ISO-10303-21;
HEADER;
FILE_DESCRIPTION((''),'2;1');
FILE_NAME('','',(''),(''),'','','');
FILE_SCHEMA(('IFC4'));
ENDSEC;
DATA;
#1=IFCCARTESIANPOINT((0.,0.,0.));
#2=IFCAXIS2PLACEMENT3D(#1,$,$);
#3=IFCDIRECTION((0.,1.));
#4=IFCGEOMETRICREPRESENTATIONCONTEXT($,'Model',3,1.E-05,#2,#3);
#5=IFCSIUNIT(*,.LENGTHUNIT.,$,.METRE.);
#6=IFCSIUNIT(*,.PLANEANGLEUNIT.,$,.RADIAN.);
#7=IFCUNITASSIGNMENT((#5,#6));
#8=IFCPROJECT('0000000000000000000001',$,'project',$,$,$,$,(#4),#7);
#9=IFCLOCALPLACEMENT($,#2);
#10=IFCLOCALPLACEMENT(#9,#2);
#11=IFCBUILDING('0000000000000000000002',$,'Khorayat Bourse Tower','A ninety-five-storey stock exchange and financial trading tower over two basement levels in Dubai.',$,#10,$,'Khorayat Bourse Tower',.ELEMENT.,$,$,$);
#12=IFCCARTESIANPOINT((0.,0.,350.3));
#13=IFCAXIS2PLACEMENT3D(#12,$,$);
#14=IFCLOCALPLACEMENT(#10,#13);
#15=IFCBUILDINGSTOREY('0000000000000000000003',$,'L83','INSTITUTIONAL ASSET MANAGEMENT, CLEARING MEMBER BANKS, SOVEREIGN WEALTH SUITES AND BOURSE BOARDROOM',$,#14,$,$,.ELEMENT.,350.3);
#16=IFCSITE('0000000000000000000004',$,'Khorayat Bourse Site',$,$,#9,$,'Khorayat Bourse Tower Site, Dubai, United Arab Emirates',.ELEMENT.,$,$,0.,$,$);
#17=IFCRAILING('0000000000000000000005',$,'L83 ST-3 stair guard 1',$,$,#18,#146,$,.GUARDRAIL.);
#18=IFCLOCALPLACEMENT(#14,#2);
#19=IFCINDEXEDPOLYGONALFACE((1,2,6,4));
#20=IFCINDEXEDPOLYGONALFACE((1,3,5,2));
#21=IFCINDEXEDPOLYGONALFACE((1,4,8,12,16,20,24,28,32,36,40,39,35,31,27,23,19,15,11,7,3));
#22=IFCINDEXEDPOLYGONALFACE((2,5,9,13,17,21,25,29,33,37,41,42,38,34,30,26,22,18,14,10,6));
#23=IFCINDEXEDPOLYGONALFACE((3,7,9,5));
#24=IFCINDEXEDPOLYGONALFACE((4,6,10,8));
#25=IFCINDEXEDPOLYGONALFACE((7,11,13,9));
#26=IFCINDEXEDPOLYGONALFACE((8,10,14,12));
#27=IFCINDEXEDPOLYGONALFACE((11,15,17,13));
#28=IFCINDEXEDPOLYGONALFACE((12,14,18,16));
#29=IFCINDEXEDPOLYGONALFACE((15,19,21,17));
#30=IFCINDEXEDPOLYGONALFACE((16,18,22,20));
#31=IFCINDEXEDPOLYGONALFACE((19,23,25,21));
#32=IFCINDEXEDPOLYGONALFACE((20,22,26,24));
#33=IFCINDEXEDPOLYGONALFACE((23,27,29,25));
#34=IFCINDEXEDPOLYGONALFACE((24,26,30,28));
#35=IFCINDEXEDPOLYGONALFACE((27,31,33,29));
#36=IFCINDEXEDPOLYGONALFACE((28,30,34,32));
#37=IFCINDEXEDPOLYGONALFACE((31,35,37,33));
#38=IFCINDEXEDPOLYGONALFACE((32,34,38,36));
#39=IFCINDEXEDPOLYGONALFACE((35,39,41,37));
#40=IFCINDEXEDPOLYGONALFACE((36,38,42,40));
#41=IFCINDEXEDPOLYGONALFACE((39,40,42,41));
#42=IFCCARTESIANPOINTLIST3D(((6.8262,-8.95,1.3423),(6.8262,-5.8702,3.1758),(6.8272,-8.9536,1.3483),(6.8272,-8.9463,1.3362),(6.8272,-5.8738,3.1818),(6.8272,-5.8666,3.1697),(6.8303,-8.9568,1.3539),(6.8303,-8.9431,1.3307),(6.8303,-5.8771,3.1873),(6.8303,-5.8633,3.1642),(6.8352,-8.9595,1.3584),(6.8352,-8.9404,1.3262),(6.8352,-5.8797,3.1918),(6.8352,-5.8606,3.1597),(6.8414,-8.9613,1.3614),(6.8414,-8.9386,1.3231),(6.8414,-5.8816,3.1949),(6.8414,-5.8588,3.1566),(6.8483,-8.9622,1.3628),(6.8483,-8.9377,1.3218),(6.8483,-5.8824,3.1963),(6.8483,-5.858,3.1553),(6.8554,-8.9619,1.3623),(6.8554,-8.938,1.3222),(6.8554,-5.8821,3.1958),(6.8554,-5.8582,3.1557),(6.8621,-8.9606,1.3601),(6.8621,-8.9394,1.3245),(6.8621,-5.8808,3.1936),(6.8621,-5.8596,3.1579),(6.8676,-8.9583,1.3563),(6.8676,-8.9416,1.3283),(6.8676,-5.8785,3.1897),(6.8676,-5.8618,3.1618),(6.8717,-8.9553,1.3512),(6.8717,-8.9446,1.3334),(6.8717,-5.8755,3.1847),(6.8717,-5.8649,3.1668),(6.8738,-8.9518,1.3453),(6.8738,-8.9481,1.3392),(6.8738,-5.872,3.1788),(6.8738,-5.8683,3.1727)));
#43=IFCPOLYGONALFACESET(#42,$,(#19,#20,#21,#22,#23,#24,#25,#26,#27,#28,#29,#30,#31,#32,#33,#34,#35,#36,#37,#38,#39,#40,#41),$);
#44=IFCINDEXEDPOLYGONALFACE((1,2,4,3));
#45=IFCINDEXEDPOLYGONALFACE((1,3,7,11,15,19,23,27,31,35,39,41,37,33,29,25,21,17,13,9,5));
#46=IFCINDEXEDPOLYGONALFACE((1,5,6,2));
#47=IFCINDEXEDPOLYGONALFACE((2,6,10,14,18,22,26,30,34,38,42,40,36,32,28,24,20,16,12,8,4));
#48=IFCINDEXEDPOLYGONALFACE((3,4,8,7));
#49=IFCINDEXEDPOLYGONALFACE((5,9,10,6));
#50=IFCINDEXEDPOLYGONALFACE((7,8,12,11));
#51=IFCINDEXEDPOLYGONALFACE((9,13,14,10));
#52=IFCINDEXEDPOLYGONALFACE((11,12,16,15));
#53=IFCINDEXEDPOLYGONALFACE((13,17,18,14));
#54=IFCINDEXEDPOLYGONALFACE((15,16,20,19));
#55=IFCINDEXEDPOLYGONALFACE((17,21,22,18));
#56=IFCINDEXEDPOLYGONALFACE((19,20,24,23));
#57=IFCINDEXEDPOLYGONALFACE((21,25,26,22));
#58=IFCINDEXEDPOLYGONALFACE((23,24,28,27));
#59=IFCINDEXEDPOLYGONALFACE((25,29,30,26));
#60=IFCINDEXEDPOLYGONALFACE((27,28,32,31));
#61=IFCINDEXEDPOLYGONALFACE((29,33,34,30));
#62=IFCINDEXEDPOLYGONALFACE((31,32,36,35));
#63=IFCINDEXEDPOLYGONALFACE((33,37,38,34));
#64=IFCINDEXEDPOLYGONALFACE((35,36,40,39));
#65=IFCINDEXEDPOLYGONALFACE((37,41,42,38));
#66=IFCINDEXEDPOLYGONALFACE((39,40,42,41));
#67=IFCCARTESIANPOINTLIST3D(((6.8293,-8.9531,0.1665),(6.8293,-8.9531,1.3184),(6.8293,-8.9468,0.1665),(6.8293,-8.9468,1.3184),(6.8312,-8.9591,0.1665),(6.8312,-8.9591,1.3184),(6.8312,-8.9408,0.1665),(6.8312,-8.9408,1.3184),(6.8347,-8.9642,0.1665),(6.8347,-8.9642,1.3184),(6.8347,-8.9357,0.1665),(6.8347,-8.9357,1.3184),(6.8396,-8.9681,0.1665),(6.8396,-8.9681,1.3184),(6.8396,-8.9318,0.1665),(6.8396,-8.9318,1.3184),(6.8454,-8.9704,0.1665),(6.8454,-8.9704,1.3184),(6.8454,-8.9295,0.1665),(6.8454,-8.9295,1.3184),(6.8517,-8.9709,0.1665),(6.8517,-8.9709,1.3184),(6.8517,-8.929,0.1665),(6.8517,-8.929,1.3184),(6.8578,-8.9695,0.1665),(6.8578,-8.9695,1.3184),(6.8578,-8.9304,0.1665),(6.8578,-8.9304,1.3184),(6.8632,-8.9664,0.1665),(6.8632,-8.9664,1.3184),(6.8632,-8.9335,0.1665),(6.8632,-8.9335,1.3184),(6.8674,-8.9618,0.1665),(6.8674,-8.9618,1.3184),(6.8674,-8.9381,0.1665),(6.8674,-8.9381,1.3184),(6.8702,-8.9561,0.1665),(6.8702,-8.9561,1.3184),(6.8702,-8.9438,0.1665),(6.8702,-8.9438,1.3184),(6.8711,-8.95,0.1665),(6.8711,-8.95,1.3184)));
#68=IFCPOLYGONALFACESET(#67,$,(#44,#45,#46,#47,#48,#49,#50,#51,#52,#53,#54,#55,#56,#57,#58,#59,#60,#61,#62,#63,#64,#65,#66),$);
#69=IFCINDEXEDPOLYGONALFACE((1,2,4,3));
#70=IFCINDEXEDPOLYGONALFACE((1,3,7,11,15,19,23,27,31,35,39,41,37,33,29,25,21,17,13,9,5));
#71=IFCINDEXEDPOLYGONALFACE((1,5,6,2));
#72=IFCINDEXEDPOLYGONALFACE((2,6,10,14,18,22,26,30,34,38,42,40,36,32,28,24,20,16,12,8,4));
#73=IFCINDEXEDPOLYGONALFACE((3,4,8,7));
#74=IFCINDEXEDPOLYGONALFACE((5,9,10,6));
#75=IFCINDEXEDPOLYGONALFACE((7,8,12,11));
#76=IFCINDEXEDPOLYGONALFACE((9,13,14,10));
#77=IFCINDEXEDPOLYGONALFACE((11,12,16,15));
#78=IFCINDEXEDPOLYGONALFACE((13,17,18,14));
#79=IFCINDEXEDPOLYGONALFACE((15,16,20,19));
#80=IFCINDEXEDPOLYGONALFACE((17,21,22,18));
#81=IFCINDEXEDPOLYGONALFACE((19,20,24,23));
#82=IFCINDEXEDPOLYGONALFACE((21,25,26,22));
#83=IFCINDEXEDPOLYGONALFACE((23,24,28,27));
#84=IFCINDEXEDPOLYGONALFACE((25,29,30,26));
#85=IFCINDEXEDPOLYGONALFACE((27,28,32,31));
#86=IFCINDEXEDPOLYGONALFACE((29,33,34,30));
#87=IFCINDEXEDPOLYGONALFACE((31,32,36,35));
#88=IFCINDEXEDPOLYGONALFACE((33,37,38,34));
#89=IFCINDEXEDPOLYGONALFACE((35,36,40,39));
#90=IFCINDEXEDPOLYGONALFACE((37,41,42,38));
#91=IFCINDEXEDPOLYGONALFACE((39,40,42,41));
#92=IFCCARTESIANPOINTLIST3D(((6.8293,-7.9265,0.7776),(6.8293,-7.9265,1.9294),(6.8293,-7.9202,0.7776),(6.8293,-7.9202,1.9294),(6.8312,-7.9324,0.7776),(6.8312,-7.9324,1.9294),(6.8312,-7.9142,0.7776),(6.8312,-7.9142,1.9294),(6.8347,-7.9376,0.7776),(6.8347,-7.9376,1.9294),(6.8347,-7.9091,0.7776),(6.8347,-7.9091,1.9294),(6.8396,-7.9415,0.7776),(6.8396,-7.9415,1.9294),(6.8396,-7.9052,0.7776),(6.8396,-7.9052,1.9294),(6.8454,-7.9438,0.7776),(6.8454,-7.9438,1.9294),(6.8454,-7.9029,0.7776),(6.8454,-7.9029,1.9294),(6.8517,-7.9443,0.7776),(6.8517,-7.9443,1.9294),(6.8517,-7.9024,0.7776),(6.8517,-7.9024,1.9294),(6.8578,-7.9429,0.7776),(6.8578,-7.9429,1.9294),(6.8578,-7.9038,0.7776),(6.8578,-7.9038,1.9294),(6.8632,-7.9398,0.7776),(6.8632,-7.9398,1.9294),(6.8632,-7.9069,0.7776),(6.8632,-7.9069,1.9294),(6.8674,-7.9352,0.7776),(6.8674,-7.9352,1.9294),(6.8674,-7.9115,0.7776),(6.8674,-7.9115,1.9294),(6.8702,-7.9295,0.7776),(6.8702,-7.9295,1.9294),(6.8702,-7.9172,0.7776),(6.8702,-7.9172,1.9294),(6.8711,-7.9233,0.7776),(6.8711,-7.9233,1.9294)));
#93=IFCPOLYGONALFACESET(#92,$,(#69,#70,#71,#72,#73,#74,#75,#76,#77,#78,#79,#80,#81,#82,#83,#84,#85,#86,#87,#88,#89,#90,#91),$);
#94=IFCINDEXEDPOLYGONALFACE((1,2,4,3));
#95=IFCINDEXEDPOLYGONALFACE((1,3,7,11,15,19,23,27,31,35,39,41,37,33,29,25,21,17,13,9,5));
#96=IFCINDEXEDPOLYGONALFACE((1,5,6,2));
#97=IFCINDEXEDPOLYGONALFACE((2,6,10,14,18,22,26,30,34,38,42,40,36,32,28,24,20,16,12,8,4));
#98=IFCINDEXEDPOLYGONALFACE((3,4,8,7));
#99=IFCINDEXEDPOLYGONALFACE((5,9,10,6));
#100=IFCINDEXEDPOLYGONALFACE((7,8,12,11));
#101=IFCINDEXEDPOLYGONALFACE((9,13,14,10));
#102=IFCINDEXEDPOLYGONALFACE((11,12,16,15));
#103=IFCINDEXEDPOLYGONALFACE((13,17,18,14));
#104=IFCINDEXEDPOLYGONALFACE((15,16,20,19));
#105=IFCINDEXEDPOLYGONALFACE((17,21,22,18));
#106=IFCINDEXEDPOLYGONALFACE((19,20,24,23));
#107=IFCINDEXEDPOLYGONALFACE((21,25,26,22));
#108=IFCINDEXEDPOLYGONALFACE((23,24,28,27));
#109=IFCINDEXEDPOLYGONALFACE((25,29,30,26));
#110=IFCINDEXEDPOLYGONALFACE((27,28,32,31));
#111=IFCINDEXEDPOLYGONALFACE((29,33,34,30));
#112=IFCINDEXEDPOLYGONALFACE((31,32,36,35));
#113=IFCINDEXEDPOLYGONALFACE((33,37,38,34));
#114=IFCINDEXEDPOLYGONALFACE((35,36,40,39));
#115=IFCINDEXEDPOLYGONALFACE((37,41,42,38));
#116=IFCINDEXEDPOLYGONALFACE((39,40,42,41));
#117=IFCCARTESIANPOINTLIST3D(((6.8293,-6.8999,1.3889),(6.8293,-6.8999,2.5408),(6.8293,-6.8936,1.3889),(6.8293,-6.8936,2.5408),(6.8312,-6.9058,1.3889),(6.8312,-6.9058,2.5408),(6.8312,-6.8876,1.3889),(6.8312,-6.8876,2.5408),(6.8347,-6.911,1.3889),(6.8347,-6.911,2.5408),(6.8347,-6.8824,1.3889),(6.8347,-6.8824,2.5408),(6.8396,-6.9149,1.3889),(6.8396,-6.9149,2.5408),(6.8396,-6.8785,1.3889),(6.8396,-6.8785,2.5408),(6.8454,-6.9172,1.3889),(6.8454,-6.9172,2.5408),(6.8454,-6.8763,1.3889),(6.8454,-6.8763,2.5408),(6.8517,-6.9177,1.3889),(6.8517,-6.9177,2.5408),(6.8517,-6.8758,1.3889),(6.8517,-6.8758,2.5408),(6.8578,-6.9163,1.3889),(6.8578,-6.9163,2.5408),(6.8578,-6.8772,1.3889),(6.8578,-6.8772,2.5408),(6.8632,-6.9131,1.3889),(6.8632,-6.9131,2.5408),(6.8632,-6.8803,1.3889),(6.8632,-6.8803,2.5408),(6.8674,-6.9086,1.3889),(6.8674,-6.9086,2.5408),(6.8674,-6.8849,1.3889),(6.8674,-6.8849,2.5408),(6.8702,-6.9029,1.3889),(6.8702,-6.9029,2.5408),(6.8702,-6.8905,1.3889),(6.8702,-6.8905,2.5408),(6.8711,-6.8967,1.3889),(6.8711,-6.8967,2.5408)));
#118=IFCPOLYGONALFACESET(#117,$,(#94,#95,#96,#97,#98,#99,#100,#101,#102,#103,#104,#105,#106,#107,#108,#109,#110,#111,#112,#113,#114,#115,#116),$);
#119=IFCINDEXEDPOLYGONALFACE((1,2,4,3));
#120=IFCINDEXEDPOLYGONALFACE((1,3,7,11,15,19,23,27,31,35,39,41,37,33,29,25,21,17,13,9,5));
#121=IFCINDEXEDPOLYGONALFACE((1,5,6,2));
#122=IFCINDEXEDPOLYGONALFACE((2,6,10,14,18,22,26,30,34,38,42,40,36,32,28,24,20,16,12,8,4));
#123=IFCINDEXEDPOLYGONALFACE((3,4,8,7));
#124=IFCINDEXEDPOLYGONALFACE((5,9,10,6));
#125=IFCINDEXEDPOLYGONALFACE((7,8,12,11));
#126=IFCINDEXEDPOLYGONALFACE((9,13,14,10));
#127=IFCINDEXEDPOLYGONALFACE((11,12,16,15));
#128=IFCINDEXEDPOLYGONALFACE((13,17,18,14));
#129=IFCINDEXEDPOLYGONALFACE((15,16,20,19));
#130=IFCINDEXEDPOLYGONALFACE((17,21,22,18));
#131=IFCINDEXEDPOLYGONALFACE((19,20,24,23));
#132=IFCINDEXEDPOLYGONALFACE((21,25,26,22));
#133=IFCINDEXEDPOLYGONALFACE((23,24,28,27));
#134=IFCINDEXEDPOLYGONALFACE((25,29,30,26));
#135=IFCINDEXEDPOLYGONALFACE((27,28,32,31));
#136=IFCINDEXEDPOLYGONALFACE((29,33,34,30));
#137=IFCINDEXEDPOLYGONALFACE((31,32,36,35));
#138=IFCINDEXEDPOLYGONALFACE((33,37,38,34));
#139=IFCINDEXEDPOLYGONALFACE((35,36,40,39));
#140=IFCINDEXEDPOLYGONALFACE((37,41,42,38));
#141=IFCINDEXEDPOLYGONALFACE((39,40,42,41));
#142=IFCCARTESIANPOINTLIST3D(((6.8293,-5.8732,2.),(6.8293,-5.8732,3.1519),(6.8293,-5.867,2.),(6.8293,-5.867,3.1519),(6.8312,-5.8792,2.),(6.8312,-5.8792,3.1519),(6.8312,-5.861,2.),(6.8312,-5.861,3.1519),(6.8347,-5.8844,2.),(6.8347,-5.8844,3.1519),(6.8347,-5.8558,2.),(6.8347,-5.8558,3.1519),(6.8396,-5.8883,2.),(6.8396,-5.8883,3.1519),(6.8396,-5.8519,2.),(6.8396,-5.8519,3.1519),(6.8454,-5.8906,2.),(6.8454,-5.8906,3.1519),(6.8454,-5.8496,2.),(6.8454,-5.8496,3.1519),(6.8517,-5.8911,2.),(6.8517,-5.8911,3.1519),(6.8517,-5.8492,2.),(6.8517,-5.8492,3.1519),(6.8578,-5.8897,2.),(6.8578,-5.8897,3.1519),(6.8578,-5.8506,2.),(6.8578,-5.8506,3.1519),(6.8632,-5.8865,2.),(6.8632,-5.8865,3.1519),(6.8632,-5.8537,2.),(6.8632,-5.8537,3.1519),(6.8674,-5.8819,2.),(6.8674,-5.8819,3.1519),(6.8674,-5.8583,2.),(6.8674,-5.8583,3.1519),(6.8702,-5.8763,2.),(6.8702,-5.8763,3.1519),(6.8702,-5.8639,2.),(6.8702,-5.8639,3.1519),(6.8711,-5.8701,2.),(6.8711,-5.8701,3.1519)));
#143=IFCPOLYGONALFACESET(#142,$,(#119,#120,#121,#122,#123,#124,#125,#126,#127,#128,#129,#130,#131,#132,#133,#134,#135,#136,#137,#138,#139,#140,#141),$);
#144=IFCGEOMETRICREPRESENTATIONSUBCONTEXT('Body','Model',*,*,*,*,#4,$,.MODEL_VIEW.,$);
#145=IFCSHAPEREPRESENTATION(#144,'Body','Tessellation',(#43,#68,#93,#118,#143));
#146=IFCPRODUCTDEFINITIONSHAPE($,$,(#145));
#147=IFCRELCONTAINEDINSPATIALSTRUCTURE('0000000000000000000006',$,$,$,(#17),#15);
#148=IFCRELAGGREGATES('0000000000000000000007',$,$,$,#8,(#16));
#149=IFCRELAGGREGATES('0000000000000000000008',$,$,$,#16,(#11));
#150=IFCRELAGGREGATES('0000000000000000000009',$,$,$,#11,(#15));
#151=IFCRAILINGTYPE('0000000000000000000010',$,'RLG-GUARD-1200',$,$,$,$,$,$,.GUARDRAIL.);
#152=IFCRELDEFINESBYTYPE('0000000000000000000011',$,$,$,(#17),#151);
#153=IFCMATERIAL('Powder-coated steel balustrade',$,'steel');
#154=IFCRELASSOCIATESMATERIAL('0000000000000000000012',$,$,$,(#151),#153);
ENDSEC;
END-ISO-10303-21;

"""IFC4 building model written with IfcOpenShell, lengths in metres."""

from ifc_helpers import new_model, si_unit, direction, frame, origin, origin_2d, place, context, subcontext, project, spatial, circle, extrude, source, transform, mapped, material, type_object, element, save


model = new_model("IFC4")

# Units and contexts
model_context = context("Model", 3, precision=1e-05, world=origin(), true_north=direction((0.0, 1.0)))
body_context = subcontext(model_context, "Body", "Model", "MODEL_VIEW")
ifc_project = project(units=[si_unit("LENGTHUNIT", "METRE"), si_unit("PLANEANGLEUNIT", "RADIAN")], contexts=[model_context])

# Site, building, storey
site_placement = place(None, origin())
site = spatial("IfcSite", under=ifc_project, at=site_placement, Name="Khorayat Bourse Site", LongName="Khorayat Bourse Tower Site, Dubai, United Arab Emirates", CompositionType="ELEMENT", RefElevation=0.0)
building_placement = place(site_placement, origin())
building = spatial("IfcBuilding", under=site, at=building_placement, Name="Khorayat Bourse Tower", Description="A ninety-five-storey stock exchange and financial trading tower over two basement levels in Dubai.", LongName="Khorayat Bourse Tower", CompositionType="ELEMENT")
storey_placement = place(building_placement, frame((0.0, 0.0, 350.3)))
storey = spatial("IfcBuildingStorey", under=building, at=storey_placement, Name="L83", Description="INSTITUTIONAL ASSET MANAGEMENT, CLEARING MEMBER BANKS, SOVEREIGN WEALTH SUITES AND BOURSE BOARDROOM", CompositionType="ELEMENT", Elevation=350.3)

# Railing
ifc_material_1 = material(Name="Powder-coated steel balustrade", Category="steel")
railing_type_1 = type_object("IfcRailingType", Name="RLG-GUARD-1200", PredefinedType="GUARDRAIL", material=ifc_material_1)
shared_shape_1 = source(origin(), body_context, "Body", "SweptSolid", [
    extrude(circle(Radius=0.0239, at=origin_2d()), frame((0.0, 0.0, 1.1758), z_axis=(0.0, 0.859261, 0.511538), x_axis=(-1.0, 0.0, 0.0)), (0.0, 0.0, 1.0), 3.5842),
    extrude(circle(Radius=0.021, at=origin_2d()), origin(), (0.0, 0.0, 1.0), 1.1519),
    extrude(circle(Radius=0.021, at=origin_2d()), frame((0.0, 1.0266, 0.6111)), (0.0, 0.0, 1.0), 1.1519),
    extrude(circle(Radius=0.021, at=origin_2d()), frame((0.0, 2.0532, 1.2224)), (0.0, 0.0, 1.0), 1.1519),
    extrude(circle(Radius=0.021, at=origin_2d()), frame((0.0, 3.0798, 1.8335)), (0.0, 0.0, 1.0), 1.1519),
])
railing_1_placement = place(storey_placement, frame((6.8501, -8.95, 0.1665)))
element("IfcRailing", 1, at=railing_1_placement, inside=storey, type_object=railing_type_1, Name="L83 ST-3 stair guard 1", PredefinedType="GUARDRAIL", context=body_context, shape_type="MappedRepresentation", body=[
    mapped(shared_shape_1, transform((0.0, 0.0, 0.0), scale=1.0)),
])

save(model, "model.ifc")
